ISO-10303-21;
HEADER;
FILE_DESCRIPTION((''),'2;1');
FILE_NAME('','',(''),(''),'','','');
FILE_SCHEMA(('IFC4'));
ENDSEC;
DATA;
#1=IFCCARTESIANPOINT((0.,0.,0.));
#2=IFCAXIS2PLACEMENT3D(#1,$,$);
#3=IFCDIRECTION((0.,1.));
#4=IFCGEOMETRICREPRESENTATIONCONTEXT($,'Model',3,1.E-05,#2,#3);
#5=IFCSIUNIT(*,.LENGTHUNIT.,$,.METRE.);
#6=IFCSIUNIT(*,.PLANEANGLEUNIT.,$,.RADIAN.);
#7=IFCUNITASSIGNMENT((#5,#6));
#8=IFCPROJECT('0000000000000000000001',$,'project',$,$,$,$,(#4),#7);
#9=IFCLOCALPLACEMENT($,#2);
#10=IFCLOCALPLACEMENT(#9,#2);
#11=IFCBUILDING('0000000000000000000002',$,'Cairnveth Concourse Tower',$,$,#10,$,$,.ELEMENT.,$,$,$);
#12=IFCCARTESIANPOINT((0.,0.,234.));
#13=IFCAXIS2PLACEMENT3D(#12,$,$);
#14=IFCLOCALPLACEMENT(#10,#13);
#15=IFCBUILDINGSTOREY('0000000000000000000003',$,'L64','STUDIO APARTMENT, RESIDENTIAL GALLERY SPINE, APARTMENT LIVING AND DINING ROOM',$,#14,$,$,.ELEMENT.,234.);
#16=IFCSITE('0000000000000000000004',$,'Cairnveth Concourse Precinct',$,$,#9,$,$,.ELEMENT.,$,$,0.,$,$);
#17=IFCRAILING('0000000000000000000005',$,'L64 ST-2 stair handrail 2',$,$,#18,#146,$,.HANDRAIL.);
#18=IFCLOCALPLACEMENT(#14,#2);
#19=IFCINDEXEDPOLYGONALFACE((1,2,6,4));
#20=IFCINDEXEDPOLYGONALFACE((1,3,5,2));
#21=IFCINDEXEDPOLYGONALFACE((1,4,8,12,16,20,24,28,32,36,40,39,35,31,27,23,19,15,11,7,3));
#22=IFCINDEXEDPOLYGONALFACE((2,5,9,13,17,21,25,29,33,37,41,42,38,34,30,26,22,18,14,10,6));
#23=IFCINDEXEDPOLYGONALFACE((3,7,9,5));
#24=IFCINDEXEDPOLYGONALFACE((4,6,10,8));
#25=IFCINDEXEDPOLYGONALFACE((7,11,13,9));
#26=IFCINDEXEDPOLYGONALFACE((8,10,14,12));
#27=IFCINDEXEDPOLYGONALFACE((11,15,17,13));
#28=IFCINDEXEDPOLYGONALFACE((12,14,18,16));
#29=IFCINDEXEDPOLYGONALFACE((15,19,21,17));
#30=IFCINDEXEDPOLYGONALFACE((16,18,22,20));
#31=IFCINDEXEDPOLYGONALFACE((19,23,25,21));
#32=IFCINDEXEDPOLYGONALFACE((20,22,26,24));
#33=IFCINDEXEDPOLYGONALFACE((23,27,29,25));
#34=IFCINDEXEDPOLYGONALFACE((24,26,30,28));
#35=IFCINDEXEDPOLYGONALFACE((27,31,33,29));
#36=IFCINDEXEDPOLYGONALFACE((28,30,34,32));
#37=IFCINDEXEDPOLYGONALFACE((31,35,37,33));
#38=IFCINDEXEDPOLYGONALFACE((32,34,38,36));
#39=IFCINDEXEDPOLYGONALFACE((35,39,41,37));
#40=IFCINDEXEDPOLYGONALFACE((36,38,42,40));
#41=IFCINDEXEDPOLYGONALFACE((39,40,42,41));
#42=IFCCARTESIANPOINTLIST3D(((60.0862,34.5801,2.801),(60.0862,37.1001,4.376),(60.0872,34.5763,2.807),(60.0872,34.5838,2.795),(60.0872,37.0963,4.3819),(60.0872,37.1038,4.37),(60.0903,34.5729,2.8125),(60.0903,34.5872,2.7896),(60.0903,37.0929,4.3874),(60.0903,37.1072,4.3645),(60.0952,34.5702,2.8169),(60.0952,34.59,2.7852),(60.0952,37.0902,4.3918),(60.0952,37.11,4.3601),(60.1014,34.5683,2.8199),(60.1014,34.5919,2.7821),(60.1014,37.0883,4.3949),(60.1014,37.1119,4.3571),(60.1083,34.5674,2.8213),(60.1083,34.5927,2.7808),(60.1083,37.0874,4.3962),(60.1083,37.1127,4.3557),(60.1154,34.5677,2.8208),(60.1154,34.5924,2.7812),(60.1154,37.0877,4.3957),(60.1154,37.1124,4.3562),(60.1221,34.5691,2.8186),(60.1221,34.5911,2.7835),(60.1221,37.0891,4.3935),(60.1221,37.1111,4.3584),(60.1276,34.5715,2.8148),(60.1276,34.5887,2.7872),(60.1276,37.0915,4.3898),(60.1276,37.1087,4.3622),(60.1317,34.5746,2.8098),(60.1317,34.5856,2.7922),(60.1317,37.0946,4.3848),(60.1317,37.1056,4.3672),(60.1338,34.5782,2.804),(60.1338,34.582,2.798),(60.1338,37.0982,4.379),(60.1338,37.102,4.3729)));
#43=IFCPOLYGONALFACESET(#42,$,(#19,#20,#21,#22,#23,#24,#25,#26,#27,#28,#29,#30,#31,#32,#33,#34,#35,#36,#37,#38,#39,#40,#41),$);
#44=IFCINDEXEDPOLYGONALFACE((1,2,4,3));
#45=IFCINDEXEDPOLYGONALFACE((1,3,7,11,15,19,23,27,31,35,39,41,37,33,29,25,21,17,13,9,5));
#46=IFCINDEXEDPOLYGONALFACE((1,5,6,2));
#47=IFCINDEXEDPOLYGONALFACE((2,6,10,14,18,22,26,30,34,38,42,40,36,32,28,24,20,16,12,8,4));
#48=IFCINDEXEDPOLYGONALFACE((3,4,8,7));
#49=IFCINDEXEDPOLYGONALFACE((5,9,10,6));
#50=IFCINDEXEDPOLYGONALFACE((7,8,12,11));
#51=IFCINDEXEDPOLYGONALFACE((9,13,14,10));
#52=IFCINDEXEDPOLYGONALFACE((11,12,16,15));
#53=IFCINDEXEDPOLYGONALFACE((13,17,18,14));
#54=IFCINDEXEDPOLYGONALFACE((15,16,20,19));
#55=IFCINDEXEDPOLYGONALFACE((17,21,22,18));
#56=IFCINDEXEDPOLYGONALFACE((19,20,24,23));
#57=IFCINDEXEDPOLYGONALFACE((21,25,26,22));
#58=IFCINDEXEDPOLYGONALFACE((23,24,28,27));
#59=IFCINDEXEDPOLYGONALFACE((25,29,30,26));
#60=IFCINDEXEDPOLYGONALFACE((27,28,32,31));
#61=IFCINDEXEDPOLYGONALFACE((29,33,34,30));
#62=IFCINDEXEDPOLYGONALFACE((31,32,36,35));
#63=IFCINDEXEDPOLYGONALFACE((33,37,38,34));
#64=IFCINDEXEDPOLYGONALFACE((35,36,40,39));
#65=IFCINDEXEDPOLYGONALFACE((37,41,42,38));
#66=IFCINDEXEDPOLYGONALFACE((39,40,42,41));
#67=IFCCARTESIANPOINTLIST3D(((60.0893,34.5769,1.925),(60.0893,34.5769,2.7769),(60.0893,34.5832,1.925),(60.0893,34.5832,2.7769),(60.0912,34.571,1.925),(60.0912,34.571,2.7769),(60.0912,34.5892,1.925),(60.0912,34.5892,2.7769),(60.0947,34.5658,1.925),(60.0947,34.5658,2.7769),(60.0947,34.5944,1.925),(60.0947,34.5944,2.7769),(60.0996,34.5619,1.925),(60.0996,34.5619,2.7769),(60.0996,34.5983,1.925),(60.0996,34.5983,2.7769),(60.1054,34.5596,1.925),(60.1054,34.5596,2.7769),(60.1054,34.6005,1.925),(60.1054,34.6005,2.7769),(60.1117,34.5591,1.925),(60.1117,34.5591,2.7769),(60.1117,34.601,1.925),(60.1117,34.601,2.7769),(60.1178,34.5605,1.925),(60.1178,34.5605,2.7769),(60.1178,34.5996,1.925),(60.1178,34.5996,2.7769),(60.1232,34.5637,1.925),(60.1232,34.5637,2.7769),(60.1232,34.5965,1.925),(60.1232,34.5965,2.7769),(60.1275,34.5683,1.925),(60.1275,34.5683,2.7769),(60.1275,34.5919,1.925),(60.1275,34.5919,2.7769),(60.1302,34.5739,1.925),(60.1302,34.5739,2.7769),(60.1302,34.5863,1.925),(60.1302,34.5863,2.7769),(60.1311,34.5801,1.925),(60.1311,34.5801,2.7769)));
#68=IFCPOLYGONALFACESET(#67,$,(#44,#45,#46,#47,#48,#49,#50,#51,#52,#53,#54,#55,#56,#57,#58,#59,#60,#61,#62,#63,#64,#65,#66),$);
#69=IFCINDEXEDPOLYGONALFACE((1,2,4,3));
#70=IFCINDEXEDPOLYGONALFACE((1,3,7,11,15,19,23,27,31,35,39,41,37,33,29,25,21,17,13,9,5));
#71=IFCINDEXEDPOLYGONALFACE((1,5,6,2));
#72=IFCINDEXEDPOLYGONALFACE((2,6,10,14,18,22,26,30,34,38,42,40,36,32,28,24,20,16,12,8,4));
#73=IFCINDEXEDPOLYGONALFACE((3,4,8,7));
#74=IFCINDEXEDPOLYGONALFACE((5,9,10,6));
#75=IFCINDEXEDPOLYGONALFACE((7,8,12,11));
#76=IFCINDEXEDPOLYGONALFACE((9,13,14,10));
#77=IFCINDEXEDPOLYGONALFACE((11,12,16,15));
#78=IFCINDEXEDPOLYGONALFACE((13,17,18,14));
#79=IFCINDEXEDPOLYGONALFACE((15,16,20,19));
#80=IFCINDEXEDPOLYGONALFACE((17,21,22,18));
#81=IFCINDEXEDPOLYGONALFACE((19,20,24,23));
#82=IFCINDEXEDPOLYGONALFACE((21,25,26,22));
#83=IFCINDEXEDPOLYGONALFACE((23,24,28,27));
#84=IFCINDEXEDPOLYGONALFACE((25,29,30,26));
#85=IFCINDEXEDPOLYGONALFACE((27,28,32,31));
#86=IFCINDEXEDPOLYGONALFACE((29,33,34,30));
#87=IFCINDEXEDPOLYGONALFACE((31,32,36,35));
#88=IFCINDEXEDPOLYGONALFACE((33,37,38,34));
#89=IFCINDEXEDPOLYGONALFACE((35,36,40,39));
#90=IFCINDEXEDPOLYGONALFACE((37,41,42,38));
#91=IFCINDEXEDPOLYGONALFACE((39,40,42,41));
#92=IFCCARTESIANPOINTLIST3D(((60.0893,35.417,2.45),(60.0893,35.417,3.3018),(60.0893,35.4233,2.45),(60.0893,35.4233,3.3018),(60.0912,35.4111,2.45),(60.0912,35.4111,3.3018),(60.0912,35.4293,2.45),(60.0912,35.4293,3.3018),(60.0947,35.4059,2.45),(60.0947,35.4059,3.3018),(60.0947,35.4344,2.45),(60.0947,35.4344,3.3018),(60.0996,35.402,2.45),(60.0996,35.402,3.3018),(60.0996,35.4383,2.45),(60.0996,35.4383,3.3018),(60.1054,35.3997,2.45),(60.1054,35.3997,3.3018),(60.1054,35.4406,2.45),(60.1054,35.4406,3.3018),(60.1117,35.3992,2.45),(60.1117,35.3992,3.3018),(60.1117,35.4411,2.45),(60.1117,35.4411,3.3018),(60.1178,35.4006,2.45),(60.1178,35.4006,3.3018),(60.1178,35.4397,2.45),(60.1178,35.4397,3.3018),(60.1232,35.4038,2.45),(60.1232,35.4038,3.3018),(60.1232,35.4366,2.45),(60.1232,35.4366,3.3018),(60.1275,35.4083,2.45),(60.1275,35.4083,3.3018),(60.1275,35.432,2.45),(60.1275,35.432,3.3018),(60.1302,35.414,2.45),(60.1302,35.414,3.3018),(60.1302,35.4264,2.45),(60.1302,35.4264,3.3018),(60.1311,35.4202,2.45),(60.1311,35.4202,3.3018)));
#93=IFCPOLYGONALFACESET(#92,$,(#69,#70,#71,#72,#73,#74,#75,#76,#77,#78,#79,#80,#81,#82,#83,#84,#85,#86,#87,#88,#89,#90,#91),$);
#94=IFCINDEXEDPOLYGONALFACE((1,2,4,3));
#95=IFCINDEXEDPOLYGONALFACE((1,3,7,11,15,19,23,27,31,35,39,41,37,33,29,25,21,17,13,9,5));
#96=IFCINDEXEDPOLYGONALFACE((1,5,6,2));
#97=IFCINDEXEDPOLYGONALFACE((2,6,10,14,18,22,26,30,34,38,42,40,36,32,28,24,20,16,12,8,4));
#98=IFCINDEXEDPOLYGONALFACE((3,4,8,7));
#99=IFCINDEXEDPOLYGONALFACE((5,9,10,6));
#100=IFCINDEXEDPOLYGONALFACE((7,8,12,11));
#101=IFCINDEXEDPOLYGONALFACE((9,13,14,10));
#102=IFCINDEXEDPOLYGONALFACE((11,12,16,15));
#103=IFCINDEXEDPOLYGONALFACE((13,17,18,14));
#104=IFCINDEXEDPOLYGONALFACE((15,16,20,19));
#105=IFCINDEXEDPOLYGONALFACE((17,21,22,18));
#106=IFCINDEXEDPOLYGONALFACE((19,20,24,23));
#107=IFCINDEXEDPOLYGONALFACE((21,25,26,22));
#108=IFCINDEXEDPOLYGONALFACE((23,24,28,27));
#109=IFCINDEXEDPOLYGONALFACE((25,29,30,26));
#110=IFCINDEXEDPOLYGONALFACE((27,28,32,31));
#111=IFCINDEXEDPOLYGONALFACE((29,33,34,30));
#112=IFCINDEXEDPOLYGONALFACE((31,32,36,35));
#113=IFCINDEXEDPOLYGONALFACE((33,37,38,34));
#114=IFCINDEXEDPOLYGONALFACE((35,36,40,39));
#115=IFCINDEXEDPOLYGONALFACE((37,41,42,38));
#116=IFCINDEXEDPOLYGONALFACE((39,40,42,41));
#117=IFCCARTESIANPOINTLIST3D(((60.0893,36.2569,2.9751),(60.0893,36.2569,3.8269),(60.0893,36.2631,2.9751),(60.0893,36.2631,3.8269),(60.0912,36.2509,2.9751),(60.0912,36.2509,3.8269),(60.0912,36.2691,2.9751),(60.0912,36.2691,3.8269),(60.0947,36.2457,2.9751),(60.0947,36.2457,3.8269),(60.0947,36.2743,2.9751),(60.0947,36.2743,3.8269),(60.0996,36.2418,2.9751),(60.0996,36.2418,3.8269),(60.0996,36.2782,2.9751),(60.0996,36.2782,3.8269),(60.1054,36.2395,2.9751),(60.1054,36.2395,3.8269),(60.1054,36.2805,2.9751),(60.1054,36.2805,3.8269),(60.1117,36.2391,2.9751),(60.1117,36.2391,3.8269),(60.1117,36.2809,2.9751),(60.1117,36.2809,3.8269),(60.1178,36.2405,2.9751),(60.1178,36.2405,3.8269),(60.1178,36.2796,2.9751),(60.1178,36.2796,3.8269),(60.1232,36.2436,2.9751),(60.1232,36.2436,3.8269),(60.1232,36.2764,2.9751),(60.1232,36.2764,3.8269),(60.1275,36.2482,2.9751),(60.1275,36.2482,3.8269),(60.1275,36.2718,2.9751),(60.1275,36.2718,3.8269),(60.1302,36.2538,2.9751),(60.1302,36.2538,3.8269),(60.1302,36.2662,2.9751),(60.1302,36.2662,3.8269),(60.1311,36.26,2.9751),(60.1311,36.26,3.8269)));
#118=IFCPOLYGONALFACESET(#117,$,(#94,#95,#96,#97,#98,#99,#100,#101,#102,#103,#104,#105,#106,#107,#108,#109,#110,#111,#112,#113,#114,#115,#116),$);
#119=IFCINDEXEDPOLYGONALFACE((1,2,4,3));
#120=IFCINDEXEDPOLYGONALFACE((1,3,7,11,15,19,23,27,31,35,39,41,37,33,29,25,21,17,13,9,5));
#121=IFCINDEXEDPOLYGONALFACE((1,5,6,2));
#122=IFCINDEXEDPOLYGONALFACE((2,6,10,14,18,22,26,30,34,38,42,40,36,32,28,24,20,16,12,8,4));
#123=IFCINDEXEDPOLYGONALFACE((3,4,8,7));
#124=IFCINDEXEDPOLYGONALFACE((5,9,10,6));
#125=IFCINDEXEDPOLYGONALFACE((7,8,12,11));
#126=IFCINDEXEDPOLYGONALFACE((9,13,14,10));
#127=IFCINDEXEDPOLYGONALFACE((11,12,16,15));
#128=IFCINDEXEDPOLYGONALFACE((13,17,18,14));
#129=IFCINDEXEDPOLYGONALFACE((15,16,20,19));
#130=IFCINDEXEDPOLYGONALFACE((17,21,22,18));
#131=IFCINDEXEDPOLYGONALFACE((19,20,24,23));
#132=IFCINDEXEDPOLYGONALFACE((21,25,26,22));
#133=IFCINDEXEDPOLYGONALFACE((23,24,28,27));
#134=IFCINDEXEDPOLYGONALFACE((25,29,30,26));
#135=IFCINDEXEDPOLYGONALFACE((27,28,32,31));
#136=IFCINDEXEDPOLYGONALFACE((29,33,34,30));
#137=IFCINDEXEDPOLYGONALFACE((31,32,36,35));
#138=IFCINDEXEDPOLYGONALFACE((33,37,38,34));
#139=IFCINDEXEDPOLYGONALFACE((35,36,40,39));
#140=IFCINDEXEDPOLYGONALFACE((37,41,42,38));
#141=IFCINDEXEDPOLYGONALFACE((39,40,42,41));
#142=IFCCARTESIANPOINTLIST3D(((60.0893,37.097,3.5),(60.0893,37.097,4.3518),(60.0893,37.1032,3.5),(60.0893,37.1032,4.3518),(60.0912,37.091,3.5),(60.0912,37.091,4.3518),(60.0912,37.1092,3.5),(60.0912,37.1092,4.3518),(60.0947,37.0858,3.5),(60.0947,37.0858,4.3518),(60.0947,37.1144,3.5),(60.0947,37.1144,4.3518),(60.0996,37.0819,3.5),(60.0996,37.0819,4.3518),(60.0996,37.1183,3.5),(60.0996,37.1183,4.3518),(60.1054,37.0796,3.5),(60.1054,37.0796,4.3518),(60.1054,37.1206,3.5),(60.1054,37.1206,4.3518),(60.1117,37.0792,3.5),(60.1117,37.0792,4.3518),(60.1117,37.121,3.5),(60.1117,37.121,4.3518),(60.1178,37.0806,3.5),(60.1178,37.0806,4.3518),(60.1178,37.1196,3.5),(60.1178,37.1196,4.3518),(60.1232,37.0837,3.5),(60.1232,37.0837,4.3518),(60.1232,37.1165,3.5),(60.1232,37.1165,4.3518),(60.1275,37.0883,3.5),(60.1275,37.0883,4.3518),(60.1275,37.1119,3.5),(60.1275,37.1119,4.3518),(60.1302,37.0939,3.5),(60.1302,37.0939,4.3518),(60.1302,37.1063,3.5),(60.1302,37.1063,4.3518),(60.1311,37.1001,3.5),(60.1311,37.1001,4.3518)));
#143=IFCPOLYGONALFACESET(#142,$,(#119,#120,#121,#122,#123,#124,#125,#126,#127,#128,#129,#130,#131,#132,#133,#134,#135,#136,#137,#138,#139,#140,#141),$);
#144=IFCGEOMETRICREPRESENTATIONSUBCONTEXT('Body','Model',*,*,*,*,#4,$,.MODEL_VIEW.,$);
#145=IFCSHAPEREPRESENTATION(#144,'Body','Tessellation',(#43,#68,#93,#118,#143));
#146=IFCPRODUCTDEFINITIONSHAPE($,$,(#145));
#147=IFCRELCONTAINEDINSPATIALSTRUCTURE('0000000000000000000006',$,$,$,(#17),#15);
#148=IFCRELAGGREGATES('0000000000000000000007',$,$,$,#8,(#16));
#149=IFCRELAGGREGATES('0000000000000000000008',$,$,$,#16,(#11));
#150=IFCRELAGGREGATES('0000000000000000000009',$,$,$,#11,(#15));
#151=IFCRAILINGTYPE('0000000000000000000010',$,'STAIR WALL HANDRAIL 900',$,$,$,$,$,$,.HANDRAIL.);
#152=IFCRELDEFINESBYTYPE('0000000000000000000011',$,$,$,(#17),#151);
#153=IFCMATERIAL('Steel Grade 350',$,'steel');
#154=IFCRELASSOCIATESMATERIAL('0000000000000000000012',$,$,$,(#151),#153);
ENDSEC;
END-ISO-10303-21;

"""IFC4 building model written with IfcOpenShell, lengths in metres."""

from ifc_helpers import new_model, si_unit, direction, frame, origin, origin_2d, place, context, subcontext, project, spatial, circle, extrude, material, type_object, element, save


model = new_model("IFC4")

# Units and contexts
model_context = context("Model", 3, precision=1e-05, world=origin(), true_north=direction((0.0, 1.0)))
body_context = subcontext(model_context, "Body", "Model", "MODEL_VIEW")
ifc_project = project(units=[si_unit("LENGTHUNIT", "METRE"), si_unit("PLANEANGLEUNIT", "RADIAN")], contexts=[model_context])

# Site, building, storey
site_placement = place(None, origin())
site = spatial("IfcSite", under=ifc_project, at=site_placement, Name="Cairnveth Concourse Precinct", CompositionType="ELEMENT", RefElevation=0.0)
building_placement = place(site_placement, origin())
building = spatial("IfcBuilding", under=site, at=building_placement, Name="Cairnveth Concourse Tower", CompositionType="ELEMENT")
storey_placement = place(building_placement, frame((0.0, 0.0, 234.0)))
storey = spatial("IfcBuildingStorey", under=building, at=storey_placement, Name="L64", Description="STUDIO APARTMENT, RESIDENTIAL GALLERY SPINE, APARTMENT LIVING AND DINING ROOM", CompositionType="ELEMENT", Elevation=234.0)

# Shared definitions
ifc_material_1 = material(Name="Steel Grade 350", Category="steel")

# Railing
railing_type_1 = type_object("IfcRailingType", Name="STAIR WALL HANDRAIL 900", PredefinedType="HANDRAIL", material=ifc_material_1)
railing_1_placement = place(storey_placement, frame((60.1101, 34.5801, 1.925)))
element("IfcRailing", 1, at=railing_1_placement, inside=storey, type_object=railing_type_1, Name="L64 ST-2 stair handrail 2", PredefinedType="HANDRAIL", context=body_context, shape_type="SweptSolid", body=[
    extrude(circle(Radius=0.0239, at=origin_2d()), frame((0.0, 0.0, 0.876), z_axis=(0.0, 0.848008, 0.529984), x_axis=(-1.0, 0.0, 0.0)), (0.0, 0.0, 1.0), 2.9717),
    extrude(circle(Radius=0.021, at=origin_2d()), origin(), (0.0, 0.0, 1.0), 0.8518),
    extrude(circle(Radius=0.021, at=origin_2d()), frame((0.0, 0.8401, 0.5249)), (0.0, 0.0, 1.0), 0.8518),
    extrude(circle(Radius=0.021, at=origin_2d()), frame((0.0, 1.6799, 1.05)), (0.0, 0.0, 1.0), 0.8518),
    extrude(circle(Radius=0.021, at=origin_2d()), frame((0.0, 2.52, 1.575)), (0.0, 0.0, 1.0), 0.8518),
])

save(model, "model.ifc")
